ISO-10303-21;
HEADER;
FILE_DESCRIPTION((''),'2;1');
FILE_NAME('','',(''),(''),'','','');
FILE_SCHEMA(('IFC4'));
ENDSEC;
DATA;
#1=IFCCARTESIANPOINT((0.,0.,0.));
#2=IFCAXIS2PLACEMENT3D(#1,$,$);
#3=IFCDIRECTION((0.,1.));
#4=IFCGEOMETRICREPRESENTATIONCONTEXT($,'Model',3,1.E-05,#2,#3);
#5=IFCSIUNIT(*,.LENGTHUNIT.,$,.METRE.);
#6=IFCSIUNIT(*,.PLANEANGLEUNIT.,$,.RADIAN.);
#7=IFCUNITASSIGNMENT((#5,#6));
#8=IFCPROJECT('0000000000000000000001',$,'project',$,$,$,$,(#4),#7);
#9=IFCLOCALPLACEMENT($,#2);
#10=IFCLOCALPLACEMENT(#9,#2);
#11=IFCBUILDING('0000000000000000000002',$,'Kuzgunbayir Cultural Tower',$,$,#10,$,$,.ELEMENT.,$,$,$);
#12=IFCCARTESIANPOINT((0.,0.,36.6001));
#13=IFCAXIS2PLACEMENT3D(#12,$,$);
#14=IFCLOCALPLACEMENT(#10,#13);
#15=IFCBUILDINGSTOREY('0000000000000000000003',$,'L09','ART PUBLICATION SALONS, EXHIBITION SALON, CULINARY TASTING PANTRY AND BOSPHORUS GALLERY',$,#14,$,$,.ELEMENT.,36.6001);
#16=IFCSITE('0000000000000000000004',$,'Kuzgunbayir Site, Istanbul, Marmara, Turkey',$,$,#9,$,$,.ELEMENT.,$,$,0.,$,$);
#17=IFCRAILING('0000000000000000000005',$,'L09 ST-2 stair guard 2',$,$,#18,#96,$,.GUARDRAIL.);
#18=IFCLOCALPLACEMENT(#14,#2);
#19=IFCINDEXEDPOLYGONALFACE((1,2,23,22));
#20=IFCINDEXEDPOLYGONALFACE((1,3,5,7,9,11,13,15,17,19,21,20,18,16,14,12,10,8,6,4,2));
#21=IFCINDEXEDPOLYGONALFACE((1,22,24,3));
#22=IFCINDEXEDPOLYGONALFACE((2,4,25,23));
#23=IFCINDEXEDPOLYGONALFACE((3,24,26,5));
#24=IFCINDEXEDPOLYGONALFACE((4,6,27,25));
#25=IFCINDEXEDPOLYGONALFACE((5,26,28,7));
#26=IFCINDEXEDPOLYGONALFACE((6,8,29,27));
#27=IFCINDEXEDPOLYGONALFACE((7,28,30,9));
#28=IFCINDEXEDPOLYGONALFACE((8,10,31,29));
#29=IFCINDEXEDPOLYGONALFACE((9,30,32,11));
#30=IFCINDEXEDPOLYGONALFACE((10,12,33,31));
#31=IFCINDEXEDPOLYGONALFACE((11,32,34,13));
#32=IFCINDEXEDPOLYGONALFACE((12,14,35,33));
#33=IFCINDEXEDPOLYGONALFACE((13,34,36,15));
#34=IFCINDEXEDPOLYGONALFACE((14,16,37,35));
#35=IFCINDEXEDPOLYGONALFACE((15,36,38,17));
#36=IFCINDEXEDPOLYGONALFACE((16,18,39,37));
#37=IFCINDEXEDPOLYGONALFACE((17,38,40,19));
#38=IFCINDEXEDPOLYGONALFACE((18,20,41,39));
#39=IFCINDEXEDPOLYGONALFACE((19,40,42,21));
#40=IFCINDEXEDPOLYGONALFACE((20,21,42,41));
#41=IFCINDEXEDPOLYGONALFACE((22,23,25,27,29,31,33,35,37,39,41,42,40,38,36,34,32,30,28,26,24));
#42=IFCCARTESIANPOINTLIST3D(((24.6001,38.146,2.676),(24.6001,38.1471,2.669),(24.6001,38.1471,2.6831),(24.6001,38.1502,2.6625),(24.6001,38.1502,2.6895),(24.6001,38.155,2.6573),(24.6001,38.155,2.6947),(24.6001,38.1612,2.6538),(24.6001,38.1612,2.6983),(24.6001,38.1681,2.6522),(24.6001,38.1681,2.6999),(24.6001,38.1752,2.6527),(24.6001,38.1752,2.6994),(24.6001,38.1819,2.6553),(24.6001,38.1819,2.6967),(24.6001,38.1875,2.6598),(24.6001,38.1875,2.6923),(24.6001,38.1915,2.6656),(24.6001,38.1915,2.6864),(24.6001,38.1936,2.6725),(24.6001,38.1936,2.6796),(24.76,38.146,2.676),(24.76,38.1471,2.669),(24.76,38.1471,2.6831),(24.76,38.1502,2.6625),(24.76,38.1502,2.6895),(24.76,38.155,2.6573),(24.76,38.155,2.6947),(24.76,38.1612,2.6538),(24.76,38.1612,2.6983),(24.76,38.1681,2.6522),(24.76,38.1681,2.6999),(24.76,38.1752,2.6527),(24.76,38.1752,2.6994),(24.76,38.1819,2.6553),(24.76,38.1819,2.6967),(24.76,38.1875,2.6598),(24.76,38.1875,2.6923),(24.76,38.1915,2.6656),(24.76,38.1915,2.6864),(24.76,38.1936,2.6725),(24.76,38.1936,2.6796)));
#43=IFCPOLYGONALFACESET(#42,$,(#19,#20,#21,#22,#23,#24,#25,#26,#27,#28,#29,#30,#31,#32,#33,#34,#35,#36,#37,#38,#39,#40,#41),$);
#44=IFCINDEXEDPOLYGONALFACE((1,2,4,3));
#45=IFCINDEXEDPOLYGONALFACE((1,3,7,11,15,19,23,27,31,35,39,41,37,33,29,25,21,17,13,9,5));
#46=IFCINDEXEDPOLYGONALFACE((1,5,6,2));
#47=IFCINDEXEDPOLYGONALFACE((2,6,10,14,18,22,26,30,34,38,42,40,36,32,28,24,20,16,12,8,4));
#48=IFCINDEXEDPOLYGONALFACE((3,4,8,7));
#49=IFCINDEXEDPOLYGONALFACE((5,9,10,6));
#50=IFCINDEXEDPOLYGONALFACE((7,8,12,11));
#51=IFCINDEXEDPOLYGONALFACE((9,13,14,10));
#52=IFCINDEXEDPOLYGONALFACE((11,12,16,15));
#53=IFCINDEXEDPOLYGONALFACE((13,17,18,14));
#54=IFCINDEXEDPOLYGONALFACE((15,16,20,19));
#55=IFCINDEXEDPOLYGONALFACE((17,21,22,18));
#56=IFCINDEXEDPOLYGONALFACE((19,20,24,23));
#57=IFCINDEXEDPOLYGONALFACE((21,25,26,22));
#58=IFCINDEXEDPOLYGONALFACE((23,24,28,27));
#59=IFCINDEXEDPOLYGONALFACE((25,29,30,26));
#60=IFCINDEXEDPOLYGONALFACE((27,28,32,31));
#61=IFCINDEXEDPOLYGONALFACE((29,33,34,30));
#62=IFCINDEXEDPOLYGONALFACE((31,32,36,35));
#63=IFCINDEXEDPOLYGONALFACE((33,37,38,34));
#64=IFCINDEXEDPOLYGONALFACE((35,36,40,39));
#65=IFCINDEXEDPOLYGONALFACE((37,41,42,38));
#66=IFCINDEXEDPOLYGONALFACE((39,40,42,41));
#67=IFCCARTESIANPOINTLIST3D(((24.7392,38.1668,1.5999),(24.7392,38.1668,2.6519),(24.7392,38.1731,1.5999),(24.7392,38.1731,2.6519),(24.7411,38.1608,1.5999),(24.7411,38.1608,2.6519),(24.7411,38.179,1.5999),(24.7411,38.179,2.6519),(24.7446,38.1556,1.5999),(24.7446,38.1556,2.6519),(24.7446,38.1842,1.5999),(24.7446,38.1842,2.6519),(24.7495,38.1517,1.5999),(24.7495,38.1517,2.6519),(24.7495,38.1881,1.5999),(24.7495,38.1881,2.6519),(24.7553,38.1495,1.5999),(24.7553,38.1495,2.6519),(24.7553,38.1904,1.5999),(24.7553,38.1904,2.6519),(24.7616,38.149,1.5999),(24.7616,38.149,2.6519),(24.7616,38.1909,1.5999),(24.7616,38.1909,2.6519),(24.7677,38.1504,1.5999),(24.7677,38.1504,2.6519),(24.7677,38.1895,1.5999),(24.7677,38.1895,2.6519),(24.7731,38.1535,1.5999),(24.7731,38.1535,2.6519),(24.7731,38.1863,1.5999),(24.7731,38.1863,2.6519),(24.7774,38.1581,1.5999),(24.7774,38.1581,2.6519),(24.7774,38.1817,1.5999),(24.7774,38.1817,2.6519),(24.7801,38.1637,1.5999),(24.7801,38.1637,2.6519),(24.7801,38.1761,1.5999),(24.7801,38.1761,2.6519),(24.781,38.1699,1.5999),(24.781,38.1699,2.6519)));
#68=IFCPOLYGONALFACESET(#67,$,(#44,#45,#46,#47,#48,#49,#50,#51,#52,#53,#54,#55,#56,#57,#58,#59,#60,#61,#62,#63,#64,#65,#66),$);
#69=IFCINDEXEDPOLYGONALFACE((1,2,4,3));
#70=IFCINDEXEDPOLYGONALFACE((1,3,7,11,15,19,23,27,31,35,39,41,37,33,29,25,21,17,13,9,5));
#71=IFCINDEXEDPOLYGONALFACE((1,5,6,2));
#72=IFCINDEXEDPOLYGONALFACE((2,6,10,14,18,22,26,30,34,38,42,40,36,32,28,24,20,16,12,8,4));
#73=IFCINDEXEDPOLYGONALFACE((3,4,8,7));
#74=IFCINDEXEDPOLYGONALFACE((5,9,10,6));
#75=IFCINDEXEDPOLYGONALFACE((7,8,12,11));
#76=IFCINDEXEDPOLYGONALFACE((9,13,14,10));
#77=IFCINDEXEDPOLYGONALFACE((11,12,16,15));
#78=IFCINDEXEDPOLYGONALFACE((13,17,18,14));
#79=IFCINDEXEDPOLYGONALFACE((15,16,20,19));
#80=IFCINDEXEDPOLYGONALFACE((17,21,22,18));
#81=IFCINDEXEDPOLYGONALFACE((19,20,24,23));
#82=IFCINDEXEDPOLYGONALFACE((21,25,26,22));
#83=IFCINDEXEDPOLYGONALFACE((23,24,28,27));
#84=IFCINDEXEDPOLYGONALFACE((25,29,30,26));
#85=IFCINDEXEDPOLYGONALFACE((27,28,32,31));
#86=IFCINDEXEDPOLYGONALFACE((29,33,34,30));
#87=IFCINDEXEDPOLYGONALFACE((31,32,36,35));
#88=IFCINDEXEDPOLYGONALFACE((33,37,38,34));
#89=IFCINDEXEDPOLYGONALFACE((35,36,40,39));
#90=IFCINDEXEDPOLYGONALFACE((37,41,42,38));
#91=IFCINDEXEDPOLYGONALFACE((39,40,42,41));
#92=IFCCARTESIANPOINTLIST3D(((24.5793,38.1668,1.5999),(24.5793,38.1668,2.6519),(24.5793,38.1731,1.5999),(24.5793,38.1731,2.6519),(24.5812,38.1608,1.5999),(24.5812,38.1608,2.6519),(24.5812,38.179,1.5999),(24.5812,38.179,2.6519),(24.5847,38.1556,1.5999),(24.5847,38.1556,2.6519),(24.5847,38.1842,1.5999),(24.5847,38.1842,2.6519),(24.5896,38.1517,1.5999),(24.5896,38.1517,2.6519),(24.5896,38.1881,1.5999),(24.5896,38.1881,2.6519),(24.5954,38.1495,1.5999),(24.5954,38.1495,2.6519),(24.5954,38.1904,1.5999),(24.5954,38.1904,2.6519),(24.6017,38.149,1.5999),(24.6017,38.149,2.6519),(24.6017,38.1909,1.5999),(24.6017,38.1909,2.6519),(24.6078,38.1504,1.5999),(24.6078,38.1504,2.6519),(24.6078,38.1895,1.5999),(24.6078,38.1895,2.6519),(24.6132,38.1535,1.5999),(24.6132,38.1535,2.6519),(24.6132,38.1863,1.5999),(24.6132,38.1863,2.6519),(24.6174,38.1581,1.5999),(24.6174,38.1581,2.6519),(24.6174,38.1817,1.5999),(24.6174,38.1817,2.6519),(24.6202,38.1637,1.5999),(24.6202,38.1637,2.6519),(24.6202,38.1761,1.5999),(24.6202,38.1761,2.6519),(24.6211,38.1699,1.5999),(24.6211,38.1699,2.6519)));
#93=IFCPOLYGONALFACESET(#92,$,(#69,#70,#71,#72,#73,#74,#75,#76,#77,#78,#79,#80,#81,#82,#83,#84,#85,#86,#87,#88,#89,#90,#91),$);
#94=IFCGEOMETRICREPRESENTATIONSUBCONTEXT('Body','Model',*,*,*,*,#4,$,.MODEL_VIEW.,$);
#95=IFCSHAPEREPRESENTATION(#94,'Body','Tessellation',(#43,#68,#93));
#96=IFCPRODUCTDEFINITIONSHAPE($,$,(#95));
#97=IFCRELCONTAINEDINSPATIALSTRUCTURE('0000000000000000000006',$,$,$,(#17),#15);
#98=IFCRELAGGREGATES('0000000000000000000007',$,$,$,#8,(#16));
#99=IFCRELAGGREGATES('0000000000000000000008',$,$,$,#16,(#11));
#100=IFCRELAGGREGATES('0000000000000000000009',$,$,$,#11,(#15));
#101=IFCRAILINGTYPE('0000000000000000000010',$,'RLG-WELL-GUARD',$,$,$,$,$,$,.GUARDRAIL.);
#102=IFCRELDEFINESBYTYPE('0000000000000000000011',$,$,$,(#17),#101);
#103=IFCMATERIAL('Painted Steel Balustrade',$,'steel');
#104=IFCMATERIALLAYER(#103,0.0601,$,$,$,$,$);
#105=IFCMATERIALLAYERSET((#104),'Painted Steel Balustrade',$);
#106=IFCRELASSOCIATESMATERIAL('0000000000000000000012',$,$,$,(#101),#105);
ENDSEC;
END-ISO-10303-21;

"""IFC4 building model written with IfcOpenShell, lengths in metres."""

from ifc_helpers import new_model, si_unit, direction, frame, origin, origin_2d, place, context, subcontext, project, spatial, circle, extrude, material, layer, layer_set, type_object, element, save


model = new_model("IFC4")

# Units and contexts
model_context = context("Model", 3, precision=1e-05, world=origin(), true_north=direction((0.0, 1.0)))
body_context = subcontext(model_context, "Body", "Model", "MODEL_VIEW")
ifc_project = project(units=[si_unit("LENGTHUNIT", "METRE"), si_unit("PLANEANGLEUNIT", "RADIAN")], contexts=[model_context])

# Site, building, storey
site_placement = place(None, origin())
site = spatial("IfcSite", under=ifc_project, at=site_placement, Name="Kuzgunbayir Site, Istanbul, Marmara, Turkey", CompositionType="ELEMENT", RefElevation=0.0)
building_placement = place(site_placement, origin())
building = spatial("IfcBuilding", under=site, at=building_placement, Name="Kuzgunbayir Cultural Tower", CompositionType="ELEMENT")
storey_placement = place(building_placement, frame((0.0, 0.0, 36.6001)))
storey = spatial("IfcBuildingStorey", under=building, at=storey_placement, Name="L09", Description="ART PUBLICATION SALONS, EXHIBITION SALON, CULINARY TASTING PANTRY AND BOSPHORUS GALLERY", CompositionType="ELEMENT", Elevation=36.6001)

# Railing
ifc_material_1 = material(Name="Painted Steel Balustrade", Category="steel")
ifc_layer_1 = layer(ifc_material_1, 0.0601)
ifc_layer_set_1 = layer_set([ifc_layer_1], Name="Painted Steel Balustrade")
railing_type_1 = type_object("IfcRailingType", Name="RLG-WELL-GUARD", PredefinedType="GUARDRAIL", material=ifc_layer_set_1)
railing_1_placement = place(storey_placement, frame((24.76, 38.1699, 1.5999)))
element("IfcRailing", 1, at=railing_1_placement, inside=storey, type_object=railing_type_1, Name="L09 ST-2 stair guard 2", PredefinedType="GUARDRAIL", context=body_context, shape_type="SweptSolid", body=[
    extrude(circle(Radius=0.0239, at=origin_2d()), frame((0.0, 0.0, 1.0762), z_axis=(-1.0, 0.0, 0.0), x_axis=(0.0, -1.0, 0.0)), (0.0, 0.0, 1.0), 0.1599),
    extrude(circle(Radius=0.021, at=origin_2d()), origin(), (0.0, 0.0, 1.0), 1.052),
    extrude(circle(Radius=0.021, at=origin_2d()), frame((-0.1599, 0.0, 0.0)), (0.0, 0.0, 1.0), 1.052),
])

save(model, "model.ifc")
